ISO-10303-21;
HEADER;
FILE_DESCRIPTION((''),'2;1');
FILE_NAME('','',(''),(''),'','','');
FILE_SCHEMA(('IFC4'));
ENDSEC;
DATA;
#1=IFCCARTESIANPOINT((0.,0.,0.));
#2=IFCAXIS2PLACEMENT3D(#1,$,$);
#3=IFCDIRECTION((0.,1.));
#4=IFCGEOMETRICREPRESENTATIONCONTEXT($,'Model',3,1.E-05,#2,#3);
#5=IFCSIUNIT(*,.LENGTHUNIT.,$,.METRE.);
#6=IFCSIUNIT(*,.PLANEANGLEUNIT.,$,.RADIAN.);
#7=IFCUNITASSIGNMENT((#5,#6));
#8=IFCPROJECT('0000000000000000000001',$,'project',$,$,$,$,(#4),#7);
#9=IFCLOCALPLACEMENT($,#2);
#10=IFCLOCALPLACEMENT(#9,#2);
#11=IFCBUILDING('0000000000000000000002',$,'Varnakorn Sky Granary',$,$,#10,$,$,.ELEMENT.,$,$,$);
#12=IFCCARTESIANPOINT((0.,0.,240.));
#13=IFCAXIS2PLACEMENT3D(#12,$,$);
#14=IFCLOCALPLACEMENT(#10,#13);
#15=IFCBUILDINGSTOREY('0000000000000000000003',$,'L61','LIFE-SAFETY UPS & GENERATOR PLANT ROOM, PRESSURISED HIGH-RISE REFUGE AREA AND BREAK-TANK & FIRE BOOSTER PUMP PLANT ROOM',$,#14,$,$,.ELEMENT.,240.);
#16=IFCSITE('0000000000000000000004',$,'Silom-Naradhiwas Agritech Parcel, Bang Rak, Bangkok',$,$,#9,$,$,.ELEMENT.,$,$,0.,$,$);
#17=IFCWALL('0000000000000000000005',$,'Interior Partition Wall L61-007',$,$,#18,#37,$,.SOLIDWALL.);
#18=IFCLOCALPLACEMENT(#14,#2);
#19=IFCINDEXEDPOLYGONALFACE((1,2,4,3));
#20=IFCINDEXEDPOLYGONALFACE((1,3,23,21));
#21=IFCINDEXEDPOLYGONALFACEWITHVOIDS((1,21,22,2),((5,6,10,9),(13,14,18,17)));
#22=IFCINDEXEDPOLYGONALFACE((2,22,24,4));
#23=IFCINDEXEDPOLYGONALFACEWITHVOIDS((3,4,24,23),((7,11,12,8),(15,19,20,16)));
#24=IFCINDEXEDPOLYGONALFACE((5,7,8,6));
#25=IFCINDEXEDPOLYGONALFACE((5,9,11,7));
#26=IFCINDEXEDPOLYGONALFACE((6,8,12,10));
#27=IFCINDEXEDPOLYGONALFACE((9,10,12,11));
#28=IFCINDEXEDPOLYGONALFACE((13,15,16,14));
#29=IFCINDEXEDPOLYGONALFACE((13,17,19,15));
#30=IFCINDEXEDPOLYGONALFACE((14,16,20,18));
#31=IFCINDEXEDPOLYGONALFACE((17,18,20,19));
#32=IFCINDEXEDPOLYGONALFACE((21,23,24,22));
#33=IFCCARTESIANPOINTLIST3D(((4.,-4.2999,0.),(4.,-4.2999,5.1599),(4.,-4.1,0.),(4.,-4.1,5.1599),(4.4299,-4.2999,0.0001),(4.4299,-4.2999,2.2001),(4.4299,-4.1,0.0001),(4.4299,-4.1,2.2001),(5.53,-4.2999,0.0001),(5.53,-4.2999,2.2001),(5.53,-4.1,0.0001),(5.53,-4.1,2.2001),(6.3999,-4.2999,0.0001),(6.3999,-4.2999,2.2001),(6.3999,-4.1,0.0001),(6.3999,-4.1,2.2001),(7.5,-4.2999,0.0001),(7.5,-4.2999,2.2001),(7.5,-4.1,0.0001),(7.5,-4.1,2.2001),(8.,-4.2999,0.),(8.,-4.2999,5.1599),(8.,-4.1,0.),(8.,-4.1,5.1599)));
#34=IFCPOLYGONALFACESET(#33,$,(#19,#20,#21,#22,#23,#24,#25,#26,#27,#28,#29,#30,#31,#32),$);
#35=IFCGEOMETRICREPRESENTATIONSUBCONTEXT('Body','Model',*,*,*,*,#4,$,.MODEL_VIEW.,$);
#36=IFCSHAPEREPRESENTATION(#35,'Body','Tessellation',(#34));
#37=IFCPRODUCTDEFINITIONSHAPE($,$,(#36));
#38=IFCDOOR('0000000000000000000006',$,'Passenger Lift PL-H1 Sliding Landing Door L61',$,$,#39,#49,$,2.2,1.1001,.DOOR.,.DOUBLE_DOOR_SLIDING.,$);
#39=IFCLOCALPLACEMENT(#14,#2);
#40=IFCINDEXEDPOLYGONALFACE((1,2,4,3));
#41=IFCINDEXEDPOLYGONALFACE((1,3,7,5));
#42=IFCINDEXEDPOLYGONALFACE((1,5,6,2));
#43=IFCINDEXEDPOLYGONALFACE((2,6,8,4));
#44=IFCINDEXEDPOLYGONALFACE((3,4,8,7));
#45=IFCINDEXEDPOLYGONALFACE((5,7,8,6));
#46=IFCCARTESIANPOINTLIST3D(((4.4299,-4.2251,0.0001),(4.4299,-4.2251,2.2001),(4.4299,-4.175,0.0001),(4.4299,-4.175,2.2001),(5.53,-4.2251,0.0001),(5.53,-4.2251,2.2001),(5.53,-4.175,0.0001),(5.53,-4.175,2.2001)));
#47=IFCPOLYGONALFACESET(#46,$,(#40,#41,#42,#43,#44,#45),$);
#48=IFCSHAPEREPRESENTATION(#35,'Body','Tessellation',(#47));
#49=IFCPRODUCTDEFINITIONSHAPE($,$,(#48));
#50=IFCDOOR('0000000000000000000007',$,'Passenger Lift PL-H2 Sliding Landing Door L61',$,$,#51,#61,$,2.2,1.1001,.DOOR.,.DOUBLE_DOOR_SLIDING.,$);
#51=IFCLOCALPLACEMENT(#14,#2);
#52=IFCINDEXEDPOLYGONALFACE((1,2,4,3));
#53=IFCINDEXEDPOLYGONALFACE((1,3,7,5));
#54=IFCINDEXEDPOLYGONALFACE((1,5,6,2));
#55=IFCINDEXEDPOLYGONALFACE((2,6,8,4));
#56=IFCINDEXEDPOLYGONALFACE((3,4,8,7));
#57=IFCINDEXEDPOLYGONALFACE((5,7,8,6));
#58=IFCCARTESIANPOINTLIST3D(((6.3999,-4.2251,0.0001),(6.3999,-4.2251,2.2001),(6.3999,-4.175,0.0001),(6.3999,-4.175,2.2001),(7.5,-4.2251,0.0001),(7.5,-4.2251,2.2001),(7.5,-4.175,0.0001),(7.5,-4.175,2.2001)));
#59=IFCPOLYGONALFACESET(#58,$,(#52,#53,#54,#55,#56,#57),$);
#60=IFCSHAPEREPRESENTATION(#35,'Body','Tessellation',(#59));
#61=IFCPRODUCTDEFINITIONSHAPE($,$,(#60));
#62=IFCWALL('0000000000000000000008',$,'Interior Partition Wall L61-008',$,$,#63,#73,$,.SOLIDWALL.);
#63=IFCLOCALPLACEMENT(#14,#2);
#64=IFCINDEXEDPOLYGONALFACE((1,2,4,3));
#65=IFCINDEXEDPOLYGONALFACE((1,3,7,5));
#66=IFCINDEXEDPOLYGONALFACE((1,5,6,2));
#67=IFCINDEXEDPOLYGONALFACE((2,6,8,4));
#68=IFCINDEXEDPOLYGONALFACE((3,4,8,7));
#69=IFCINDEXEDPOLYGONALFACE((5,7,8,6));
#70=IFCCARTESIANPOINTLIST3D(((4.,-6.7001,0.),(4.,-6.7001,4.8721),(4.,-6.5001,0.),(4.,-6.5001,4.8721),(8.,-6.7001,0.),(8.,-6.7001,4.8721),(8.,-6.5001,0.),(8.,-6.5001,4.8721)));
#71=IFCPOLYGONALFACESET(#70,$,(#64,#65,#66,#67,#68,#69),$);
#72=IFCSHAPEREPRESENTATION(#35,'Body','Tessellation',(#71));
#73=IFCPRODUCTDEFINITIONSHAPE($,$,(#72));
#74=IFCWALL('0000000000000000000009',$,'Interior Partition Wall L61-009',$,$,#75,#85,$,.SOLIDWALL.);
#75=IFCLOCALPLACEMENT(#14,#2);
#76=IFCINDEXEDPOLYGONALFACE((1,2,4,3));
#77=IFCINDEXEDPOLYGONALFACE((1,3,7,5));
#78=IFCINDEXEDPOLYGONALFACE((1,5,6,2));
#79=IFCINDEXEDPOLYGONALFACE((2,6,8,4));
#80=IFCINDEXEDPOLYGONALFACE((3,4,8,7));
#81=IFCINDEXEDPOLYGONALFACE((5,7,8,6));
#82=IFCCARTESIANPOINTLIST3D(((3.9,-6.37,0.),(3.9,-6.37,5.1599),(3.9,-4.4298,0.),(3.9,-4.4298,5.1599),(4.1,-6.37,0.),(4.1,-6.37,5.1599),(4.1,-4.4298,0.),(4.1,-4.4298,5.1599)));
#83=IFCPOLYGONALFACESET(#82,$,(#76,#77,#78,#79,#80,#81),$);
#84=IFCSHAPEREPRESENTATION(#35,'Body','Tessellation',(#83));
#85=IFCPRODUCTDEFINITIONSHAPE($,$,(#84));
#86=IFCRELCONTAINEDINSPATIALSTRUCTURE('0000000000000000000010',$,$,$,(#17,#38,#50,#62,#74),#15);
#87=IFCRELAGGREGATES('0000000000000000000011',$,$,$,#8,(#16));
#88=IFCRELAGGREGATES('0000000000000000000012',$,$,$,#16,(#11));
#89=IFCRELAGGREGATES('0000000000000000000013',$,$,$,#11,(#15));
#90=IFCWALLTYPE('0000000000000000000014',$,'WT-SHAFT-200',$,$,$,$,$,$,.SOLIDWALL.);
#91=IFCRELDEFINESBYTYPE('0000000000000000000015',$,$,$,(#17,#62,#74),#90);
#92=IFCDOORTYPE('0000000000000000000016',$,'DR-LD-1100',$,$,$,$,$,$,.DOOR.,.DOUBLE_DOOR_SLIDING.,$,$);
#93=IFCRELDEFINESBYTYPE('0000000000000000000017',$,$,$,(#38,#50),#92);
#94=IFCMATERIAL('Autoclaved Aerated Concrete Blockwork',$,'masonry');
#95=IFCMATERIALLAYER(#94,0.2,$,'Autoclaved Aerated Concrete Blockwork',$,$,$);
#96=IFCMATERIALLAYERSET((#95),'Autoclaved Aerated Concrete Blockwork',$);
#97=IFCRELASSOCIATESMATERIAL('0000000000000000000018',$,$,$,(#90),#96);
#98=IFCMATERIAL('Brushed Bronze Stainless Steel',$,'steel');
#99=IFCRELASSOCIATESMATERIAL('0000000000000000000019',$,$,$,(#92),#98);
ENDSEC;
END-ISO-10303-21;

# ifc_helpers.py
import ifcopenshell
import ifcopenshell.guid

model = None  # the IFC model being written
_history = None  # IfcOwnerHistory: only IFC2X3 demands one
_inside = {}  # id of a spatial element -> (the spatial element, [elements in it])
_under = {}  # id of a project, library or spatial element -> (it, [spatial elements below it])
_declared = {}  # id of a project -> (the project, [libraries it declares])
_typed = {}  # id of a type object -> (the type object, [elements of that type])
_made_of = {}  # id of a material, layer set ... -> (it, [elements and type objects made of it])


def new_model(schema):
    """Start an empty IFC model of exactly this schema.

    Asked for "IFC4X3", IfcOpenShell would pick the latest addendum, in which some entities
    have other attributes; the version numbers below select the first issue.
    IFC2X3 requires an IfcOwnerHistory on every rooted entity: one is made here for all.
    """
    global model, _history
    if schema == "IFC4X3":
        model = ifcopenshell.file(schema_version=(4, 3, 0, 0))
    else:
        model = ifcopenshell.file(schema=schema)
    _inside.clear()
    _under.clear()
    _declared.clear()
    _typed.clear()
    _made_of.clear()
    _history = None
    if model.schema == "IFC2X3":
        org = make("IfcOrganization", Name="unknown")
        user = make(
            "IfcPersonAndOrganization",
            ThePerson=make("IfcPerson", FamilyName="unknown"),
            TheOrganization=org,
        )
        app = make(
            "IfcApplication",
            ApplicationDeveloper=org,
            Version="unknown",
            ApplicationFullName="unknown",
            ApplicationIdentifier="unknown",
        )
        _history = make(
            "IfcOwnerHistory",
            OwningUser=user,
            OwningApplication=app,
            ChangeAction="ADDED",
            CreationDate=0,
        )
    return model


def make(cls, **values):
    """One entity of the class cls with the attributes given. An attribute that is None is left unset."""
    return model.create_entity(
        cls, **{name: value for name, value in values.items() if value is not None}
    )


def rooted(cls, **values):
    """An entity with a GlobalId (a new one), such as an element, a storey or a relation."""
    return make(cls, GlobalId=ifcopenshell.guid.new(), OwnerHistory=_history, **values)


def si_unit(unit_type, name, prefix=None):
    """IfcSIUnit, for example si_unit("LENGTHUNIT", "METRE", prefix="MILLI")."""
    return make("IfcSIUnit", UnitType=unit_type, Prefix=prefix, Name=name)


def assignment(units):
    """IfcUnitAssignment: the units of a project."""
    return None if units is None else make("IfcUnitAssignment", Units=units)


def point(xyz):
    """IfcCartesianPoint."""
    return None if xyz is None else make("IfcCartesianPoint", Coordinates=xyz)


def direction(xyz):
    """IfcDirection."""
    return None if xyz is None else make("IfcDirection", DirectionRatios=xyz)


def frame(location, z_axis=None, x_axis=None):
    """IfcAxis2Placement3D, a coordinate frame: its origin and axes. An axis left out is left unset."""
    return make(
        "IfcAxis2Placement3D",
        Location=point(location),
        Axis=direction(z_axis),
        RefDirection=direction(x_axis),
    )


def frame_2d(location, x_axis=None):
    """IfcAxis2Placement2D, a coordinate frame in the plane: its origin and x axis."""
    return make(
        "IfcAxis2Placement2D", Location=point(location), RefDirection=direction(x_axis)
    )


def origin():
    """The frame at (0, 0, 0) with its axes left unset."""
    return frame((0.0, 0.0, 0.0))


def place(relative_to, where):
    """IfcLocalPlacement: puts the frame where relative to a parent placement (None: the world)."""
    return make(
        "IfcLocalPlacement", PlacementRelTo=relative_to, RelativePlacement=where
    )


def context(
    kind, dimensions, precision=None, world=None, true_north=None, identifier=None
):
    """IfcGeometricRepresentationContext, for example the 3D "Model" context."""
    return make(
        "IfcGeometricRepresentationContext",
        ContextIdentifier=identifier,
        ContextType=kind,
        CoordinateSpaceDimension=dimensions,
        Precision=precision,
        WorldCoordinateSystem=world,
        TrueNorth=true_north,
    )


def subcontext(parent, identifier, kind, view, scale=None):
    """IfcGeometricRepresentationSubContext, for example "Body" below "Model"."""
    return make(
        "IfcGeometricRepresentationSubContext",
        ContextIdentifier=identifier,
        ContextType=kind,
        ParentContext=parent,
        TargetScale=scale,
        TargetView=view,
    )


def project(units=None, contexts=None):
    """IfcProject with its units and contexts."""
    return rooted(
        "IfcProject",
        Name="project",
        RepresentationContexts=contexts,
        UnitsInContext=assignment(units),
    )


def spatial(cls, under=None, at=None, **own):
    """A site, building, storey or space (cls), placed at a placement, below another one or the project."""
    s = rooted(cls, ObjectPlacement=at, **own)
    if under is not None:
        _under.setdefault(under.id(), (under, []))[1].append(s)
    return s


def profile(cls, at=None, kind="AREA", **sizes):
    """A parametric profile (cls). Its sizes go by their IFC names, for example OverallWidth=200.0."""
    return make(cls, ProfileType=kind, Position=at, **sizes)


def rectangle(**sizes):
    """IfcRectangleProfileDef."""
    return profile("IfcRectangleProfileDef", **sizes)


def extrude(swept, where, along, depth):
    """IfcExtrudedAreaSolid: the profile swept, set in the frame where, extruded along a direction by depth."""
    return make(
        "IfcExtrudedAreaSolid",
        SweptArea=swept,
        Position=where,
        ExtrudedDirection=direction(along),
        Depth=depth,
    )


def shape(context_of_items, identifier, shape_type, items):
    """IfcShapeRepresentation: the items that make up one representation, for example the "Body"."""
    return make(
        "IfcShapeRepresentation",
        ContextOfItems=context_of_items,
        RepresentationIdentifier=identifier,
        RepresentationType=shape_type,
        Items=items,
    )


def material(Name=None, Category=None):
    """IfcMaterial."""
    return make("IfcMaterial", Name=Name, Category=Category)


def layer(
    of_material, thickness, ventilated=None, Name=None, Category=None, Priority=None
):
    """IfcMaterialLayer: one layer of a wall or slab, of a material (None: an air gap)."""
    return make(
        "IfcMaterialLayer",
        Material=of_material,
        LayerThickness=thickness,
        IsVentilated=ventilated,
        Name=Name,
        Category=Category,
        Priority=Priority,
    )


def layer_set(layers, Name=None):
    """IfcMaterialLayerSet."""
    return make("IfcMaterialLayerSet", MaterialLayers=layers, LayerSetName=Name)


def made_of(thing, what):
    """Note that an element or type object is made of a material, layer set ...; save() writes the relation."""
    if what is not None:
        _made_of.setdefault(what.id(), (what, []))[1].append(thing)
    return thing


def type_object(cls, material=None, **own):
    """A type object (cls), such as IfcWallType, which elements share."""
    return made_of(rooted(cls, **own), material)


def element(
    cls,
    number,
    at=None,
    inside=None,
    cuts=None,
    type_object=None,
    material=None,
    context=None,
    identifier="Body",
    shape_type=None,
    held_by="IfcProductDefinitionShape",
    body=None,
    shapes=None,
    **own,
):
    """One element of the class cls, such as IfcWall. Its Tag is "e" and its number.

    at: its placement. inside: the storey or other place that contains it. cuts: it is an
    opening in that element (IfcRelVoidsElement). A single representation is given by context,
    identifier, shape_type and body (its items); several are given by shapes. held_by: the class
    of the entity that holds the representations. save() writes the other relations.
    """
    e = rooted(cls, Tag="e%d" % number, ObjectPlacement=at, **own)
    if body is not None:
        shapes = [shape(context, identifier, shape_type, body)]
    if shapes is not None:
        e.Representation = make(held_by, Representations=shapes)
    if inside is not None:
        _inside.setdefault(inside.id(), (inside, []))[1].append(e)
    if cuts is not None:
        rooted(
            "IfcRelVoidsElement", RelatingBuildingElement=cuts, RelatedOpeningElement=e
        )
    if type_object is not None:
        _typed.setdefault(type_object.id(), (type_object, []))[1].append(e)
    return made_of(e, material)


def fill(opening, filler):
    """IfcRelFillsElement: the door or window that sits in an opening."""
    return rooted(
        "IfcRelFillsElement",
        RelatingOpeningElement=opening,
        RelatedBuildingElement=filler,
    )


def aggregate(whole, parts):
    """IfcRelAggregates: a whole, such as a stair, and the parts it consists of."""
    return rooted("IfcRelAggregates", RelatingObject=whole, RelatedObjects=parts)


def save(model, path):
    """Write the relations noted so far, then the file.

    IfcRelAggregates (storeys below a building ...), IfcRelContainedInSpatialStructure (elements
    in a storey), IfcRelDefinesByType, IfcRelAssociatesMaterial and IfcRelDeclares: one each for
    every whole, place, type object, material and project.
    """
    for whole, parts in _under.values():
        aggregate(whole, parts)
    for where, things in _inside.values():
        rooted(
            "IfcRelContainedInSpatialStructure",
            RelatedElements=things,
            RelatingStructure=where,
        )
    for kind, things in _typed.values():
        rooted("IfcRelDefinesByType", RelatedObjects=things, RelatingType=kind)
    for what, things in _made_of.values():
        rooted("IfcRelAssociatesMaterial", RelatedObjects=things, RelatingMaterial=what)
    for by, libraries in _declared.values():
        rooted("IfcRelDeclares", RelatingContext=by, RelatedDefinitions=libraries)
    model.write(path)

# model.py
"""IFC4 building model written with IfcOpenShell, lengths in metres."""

from ifc_helpers import new_model, si_unit, direction, frame, frame_2d, origin, place, context, subcontext, project, spatial, rectangle, extrude, material, layer, layer_set, type_object, element, fill, save


model = new_model("IFC4")

# Units and contexts
model_context = context("Model", 3, precision=1e-05, world=origin(), true_north=direction((0.0, 1.0)))
body_context = subcontext(model_context, "Body", "Model", "MODEL_VIEW")
ifc_project = project(units=[si_unit("LENGTHUNIT", "METRE"), si_unit("PLANEANGLEUNIT", "RADIAN")], contexts=[model_context])

# Site, building, storey
site_placement = place(None, origin())
site = spatial("IfcSite", under=ifc_project, at=site_placement, Name="Silom-Naradhiwas Agritech Parcel, Bang Rak, Bangkok", CompositionType="ELEMENT", RefElevation=0.0)
building_placement = place(site_placement, origin())
building = spatial("IfcBuilding", under=site, at=building_placement, Name="Varnakorn Sky Granary", CompositionType="ELEMENT")
storey_placement = place(building_placement, frame((0.0, 0.0, 240.0)))
storey = spatial("IfcBuildingStorey", under=building, at=storey_placement, Name="L61", Description="LIFE-SAFETY UPS & GENERATOR PLANT ROOM, PRESSURISED HIGH-RISE REFUGE AREA AND BREAK-TANK & FIRE BOOSTER PUMP PLANT ROOM", CompositionType="ELEMENT", Elevation=240.0)

# Shared definitions
ifc_material_1 = material(Name="Autoclaved Aerated Concrete Blockwork", Category="masonry")

# Shared definitions
ifc_layer_1 = layer(ifc_material_1, 0.2, Name="Autoclaved Aerated Concrete Blockwork")
ifc_layer_set_1 = layer_set([ifc_layer_1], Name="Autoclaved Aerated Concrete Blockwork")
wall_type_1 = type_object("IfcWallType", Name="WT-SHAFT-200", PredefinedType="SOLIDWALL", material=ifc_layer_set_1)

# Wall, openings, doors
wall_1_placement = place(storey_placement, frame((4.0, -4.2, 0.0), z_axis=(0.0, 0.0, 1.0), x_axis=(1.0, 0.0, 0.0)))
wall_1 = element("IfcWall", 1, at=wall_1_placement, inside=storey, type_object=wall_type_1, Name="Interior Partition Wall L61-007", PredefinedType="SOLIDWALL", context=body_context, shape_type="SweptSolid", body=[
    extrude(rectangle(XDim=4.0, YDim=0.2, at=frame_2d((2.0, 0.0))), origin(), (0.0, 0.0, 1.0), 5.1599),
])
opening_1_placement = place(wall_1_placement, frame((0.4299, 0.0, 0.0)))
opening_1 = element("IfcOpeningElement", 2, at=opening_1_placement, cuts=wall_1, PredefinedType="OPENING", context=body_context, shape_type="SweptSolid", body=[
    extrude(rectangle(XDim=1.1001, YDim=2.2, at=frame_2d((0.55, 1.1001))), frame((0.0, 0.1099, 0.0), z_axis=(0.0, -1.0, 0.0), x_axis=(1.0, 0.0, 0.0)), (0.0, 0.0, 1.0), 0.22),
])
opening_2_placement = place(wall_1_placement, frame((2.3999, 0.0, 0.0)))
opening_2 = element("IfcOpeningElement", 3, at=opening_2_placement, cuts=wall_1, PredefinedType="OPENING", context=body_context, shape_type="SweptSolid", body=[
    extrude(rectangle(XDim=1.1001, YDim=2.2, at=frame_2d((0.55, 1.1001))), frame((0.0, 0.1099, 0.0), z_axis=(0.0, -1.0, 0.0), x_axis=(1.0, 0.0, 0.0)), (0.0, 0.0, 1.0), 0.22),
])
ifc_material_2 = material(Name="Brushed Bronze Stainless Steel", Category="steel")
door_type_1 = type_object("IfcDoorType", Name="DR-LD-1100", OperationType="DOUBLE_DOOR_SLIDING", PredefinedType="DOOR", material=ifc_material_2)
door_1_placement = place(opening_1_placement, origin())
door_1 = element("IfcDoor", 4, at=door_1_placement, inside=storey, type_object=door_type_1, Name="Passenger Lift PL-H1 Sliding Landing Door L61", OperationType="DOUBLE_DOOR_SLIDING", OverallHeight=2.2, OverallWidth=1.1001, PredefinedType="DOOR", context=body_context, shape_type="SweptSolid", body=[
    extrude(rectangle(XDim=1.1001, YDim=2.2, at=frame_2d((0.55, 1.1001))), frame((0.0, 0.0249, 0.0), z_axis=(0.0, -1.0, 0.0), x_axis=(1.0, 0.0, 0.0)), (0.0, 0.0, 1.0), 0.05),
])
fill(opening_1, door_1)
door_2_placement = place(opening_2_placement, origin())
door_2 = element("IfcDoor", 5, at=door_2_placement, inside=storey, type_object=door_type_1, Name="Passenger Lift PL-H2 Sliding Landing Door L61", OperationType="DOUBLE_DOOR_SLIDING", OverallHeight=2.2, OverallWidth=1.1001, PredefinedType="DOOR", context=body_context, shape_type="SweptSolid", body=[
    extrude(rectangle(XDim=1.1001, YDim=2.2, at=frame_2d((0.55, 1.1001))), frame((0.0, 0.0249, 0.0), z_axis=(0.0, -1.0, 0.0), x_axis=(1.0, 0.0, 0.0)), (0.0, 0.0, 1.0), 0.05),
])
fill(opening_2, door_2)

# Walls
wall_2_placement = place(storey_placement, frame((4.0, -6.6001, 0.0), z_axis=(0.0, 0.0, 1.0), x_axis=(1.0, 0.0, 0.0)))
element("IfcWall", 6, at=wall_2_placement, inside=storey, type_object=wall_type_1, Name="Interior Partition Wall L61-008", PredefinedType="SOLIDWALL", context=body_context, shape_type="SweptSolid", body=[
    extrude(rectangle(XDim=4.0, YDim=0.2, at=frame_2d((2.0, 0.0))), origin(), (0.0, 0.0, 1.0), 4.8721),
])
wall_3_placement = place(storey_placement, frame((4.0, -6.3701, 0.0), z_axis=(0.0, 0.0, 1.0), x_axis=(0.0, 1.0, 0.0)))
element("IfcWall", 7, at=wall_3_placement, inside=storey, type_object=wall_type_1, Name="Interior Partition Wall L61-009", PredefinedType="SOLIDWALL", context=body_context, shape_type="SweptSolid", body=[
    extrude(rectangle(XDim=1.9402, YDim=0.2, at=frame_2d((0.9702, 0.0))), origin(), (0.0, 0.0, 1.0), 5.1599),
])

save(model, "model.ifc")
